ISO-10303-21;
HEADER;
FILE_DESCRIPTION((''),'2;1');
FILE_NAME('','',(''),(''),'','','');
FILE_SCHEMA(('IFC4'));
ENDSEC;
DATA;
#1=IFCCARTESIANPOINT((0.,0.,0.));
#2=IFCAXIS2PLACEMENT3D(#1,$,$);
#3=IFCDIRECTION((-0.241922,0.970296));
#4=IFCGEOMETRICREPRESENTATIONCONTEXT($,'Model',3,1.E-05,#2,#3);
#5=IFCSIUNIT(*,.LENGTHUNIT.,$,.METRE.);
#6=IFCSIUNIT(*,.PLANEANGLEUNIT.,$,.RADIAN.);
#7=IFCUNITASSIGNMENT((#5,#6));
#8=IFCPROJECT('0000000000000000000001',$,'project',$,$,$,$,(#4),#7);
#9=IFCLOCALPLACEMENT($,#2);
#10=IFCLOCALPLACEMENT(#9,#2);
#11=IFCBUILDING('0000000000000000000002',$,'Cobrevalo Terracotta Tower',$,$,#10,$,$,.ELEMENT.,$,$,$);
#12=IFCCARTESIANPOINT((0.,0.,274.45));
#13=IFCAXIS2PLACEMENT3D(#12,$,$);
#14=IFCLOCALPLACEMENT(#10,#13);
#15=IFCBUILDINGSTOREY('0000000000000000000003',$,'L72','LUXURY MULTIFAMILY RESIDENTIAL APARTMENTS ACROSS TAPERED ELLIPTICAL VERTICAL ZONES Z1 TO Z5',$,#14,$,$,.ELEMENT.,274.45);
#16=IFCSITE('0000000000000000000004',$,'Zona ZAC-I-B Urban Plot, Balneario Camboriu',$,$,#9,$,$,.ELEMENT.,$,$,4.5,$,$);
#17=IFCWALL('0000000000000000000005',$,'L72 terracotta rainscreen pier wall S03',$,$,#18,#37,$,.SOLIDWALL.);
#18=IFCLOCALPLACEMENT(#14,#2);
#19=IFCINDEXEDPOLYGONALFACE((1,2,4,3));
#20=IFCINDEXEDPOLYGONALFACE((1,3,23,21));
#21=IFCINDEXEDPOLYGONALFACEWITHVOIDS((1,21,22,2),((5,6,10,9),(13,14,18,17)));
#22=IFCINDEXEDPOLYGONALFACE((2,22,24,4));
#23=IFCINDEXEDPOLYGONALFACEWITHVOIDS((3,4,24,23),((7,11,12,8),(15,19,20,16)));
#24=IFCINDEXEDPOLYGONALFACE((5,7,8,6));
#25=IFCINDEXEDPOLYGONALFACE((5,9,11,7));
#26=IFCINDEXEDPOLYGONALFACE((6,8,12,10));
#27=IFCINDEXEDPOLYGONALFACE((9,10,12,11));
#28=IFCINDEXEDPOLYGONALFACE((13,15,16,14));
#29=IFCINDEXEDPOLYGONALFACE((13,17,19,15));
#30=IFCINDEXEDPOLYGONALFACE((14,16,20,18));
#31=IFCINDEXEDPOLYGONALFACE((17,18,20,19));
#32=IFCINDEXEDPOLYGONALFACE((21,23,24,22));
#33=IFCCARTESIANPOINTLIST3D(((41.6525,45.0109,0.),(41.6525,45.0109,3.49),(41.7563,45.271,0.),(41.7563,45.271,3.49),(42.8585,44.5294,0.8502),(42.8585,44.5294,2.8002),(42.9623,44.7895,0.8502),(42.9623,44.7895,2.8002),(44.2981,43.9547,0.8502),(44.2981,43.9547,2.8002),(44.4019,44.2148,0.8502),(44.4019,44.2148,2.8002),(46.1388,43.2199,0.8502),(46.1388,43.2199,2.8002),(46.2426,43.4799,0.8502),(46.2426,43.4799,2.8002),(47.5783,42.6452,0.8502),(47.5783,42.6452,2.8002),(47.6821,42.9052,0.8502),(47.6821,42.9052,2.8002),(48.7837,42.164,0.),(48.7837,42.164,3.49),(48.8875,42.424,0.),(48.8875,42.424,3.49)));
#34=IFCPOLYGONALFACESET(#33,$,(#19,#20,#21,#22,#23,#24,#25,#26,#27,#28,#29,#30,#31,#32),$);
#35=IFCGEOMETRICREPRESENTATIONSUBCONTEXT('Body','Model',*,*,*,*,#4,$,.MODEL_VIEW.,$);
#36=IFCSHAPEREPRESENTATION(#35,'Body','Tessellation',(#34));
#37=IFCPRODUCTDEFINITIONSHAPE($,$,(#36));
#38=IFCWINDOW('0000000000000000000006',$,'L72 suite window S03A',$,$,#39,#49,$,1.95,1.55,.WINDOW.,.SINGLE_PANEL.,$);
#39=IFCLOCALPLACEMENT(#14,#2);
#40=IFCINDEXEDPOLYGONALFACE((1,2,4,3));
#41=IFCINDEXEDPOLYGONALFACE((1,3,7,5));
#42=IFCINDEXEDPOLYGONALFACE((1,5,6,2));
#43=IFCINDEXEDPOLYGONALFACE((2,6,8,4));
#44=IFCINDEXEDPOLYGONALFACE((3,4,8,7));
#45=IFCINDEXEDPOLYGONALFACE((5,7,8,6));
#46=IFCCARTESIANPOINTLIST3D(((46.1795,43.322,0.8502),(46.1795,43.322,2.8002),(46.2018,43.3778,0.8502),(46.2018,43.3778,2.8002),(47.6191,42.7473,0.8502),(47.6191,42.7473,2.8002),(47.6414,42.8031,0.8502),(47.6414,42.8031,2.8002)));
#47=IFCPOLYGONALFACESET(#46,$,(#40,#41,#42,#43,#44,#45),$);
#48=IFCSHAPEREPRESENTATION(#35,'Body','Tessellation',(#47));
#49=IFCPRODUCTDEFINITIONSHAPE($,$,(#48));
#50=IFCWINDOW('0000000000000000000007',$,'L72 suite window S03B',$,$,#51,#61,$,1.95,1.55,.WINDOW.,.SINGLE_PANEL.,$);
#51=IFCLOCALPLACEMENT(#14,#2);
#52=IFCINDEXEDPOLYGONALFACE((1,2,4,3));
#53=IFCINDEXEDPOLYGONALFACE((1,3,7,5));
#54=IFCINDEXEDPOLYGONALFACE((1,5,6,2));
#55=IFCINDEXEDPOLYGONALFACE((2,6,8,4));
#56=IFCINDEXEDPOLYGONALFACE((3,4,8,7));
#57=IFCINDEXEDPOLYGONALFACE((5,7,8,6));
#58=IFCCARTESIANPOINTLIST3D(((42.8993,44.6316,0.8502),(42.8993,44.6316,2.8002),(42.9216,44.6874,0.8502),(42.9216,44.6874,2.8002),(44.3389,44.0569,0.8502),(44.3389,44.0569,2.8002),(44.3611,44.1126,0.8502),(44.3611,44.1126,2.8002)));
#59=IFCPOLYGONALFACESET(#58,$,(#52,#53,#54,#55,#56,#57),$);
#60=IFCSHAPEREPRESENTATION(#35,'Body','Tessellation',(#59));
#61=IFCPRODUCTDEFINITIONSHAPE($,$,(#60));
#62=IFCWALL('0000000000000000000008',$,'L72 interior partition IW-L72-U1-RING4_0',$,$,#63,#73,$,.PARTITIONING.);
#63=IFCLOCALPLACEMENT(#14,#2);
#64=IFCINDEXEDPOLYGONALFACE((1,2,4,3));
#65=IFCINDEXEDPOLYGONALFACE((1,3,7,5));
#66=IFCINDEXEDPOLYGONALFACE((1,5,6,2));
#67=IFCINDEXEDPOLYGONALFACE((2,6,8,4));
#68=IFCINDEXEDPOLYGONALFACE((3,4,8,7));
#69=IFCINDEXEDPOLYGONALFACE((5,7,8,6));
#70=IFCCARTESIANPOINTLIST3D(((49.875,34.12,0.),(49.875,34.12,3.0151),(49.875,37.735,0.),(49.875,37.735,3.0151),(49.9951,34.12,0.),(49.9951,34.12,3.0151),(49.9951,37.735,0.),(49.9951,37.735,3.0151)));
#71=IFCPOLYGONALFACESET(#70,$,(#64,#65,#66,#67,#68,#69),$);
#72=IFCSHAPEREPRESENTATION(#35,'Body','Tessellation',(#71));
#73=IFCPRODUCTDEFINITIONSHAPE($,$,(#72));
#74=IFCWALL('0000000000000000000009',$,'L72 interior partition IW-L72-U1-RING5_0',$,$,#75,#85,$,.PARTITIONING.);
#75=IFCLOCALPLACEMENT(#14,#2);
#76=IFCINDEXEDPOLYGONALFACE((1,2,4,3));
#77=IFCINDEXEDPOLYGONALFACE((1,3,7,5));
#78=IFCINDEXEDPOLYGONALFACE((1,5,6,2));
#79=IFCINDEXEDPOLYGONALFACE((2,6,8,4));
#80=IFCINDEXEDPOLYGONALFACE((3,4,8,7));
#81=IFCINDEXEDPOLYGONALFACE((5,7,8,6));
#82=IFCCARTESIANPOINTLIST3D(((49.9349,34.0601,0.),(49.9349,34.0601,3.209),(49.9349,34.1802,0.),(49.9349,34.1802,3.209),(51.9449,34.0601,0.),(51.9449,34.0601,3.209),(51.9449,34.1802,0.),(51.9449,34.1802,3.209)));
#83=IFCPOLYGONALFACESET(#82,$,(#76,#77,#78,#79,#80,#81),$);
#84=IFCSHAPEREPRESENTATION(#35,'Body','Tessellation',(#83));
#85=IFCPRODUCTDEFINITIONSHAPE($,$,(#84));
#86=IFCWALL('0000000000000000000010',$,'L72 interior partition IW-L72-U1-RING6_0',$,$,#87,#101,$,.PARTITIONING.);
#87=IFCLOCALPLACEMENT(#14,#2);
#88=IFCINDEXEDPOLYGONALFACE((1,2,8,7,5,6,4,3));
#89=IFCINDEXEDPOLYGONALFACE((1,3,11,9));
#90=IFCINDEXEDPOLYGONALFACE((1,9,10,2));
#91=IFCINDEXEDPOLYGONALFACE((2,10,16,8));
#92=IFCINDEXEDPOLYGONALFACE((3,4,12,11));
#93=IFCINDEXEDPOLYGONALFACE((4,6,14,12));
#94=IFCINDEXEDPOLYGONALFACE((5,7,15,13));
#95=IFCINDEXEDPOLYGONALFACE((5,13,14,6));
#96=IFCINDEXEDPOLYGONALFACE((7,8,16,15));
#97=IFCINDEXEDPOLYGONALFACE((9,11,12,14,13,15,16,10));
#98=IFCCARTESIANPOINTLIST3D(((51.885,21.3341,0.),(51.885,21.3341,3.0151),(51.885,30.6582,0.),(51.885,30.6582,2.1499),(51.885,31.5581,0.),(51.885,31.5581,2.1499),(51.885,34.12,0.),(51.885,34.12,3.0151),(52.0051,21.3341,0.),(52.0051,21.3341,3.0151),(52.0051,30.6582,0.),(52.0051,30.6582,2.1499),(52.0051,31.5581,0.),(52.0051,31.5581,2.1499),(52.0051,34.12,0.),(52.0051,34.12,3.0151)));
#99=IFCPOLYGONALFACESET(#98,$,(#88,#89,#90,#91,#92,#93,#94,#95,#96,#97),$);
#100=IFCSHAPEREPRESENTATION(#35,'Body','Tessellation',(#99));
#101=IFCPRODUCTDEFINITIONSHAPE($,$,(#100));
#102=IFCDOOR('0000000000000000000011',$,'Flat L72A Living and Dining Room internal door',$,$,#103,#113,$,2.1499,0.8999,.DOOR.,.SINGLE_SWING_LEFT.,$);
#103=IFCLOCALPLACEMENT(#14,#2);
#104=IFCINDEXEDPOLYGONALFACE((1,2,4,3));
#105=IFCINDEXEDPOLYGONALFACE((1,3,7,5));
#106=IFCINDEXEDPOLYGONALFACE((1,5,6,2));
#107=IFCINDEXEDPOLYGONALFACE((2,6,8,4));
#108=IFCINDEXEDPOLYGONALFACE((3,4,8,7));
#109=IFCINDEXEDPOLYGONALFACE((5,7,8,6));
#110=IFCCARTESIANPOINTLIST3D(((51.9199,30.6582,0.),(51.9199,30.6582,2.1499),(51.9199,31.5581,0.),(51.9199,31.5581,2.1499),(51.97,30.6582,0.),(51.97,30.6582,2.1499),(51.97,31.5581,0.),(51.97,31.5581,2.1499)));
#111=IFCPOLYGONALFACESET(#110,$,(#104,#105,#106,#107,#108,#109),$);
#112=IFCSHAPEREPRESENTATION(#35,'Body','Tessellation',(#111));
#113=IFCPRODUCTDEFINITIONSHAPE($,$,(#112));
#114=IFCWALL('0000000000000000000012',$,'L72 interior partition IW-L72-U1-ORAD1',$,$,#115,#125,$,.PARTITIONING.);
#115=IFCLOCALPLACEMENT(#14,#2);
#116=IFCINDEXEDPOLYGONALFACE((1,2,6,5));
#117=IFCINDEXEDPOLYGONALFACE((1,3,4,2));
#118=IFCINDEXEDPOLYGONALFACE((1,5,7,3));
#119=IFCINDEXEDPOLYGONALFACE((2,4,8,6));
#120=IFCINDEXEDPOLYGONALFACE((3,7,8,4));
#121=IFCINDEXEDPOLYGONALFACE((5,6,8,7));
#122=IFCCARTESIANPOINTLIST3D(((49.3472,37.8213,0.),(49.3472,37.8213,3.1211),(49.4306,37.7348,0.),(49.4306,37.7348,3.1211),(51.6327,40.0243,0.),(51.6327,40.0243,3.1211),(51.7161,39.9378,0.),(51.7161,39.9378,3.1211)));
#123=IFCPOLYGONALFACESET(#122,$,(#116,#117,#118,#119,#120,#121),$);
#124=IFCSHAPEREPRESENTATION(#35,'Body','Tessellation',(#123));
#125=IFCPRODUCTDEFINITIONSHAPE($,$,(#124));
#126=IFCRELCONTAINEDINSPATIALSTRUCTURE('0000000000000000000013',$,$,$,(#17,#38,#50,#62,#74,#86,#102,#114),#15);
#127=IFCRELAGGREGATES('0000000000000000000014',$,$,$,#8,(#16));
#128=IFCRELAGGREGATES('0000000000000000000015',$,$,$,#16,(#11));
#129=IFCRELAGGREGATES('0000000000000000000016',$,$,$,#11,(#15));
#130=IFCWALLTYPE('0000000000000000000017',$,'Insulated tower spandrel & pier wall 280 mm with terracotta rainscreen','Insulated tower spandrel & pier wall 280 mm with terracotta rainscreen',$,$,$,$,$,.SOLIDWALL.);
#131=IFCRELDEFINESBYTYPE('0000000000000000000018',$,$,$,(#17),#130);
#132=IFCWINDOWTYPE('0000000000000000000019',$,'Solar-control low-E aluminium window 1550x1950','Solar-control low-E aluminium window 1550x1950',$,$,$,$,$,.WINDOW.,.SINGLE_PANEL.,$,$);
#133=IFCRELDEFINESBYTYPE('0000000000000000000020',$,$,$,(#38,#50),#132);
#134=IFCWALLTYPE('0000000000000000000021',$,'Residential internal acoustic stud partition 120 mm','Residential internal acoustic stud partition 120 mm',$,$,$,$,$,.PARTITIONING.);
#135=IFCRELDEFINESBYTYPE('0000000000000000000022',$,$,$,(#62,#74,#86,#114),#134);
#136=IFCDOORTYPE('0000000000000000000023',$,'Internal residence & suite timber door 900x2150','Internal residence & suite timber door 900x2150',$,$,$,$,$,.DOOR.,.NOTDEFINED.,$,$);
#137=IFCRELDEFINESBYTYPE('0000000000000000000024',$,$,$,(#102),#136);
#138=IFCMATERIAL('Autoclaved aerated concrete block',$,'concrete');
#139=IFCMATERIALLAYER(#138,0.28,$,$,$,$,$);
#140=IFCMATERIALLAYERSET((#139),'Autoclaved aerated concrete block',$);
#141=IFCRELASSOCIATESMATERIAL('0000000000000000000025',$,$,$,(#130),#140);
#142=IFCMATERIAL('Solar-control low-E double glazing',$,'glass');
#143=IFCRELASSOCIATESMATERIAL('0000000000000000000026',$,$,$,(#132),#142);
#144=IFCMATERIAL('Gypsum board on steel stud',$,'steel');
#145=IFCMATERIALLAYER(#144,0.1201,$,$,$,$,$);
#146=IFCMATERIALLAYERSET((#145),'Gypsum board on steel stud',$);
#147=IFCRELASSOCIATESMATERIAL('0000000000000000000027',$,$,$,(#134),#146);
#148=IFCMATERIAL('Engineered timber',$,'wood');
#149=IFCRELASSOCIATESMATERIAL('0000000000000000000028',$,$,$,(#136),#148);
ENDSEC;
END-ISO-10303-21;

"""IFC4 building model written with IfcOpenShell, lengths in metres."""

from ifc_helpers import new_model, si_unit, direction, frame, frame_2d, origin, place, context, subcontext, project, spatial, rectangle, extrude, source, transform, mapped, material, layer, layer_set, type_object, element, fill, save


model = new_model("IFC4")

# Units and contexts
model_context = context("Model", 3, precision=1e-05, world=origin(), true_north=direction((-0.241922, 0.970296)))
body_context = subcontext(model_context, "Body", "Model", "MODEL_VIEW")
ifc_project = project(units=[si_unit("LENGTHUNIT", "METRE"), si_unit("PLANEANGLEUNIT", "RADIAN")], contexts=[model_context])

# Site, building, storey
site_placement = place(None, origin())
site = spatial("IfcSite", under=ifc_project, at=site_placement, Name="Zona ZAC-I-B Urban Plot, Balneario Camboriu", CompositionType="ELEMENT", RefElevation=4.5)
building_placement = place(site_placement, origin())
building = spatial("IfcBuilding", under=site, at=building_placement, Name="Cobrevalo Terracotta Tower", CompositionType="ELEMENT")
storey_placement = place(building_placement, frame((0.0, 0.0, 274.45)))
storey = spatial("IfcBuildingStorey", under=building, at=storey_placement, Name="L72", Description="LUXURY MULTIFAMILY RESIDENTIAL APARTMENTS ACROSS TAPERED ELLIPTICAL VERTICAL ZONES Z1 TO Z5", CompositionType="ELEMENT", Elevation=274.45)

# Shared definitions
ifc_material_1 = material(Name="Solar-control low-E double glazing", Category="glass")

# Wall, openings, windows
ifc_material_2 = material(Name="Autoclaved aerated concrete block", Category="concrete")
ifc_layer_1 = layer(ifc_material_2, 0.28)
ifc_layer_set_1 = layer_set([ifc_layer_1], Name="Autoclaved aerated concrete block")
wall_type_1 = type_object("IfcWallType", Name="Insulated tower spandrel & pier wall 280 mm with terracotta rainscreen", Description="Insulated tower spandrel & pier wall 280 mm with terracotta rainscreen", PredefinedType="SOLIDWALL", material=ifc_layer_set_1)
wall_1_placement = place(storey_placement, frame((48.8357, 42.2939, 0.0), z_axis=(0.0, 0.0, 1.0), x_axis=(-0.928724, 0.370771, 0.0)))
wall_1 = element("IfcWall", 1, at=wall_1_placement, inside=storey, type_object=wall_type_1, Name="L72 terracotta rainscreen pier wall S03", PredefinedType="SOLIDWALL", context=body_context, shape_type="SweptSolid", body=[
    extrude(rectangle(XDim=7.6785, YDim=0.28, at=frame_2d((3.8394, 0.0))), origin(), (0.0, 0.0, 1.0), 3.49),
])
opening_1_placement = place(wall_1_placement, frame((1.2981, 0.0, 0.8501)))
opening_1 = element("IfcOpeningElement", 2, at=opening_1_placement, cuts=wall_1, PredefinedType="OPENING", context=body_context, shape_type="SweptSolid", body=[
    extrude(rectangle(XDim=1.55, YDim=1.95, at=frame_2d((0.7749, 0.9751))), frame((0.0, 0.1499, 0.0), z_axis=(0.0, -1.0, 0.0), x_axis=(1.0, 0.0, 0.0)), (0.0, 0.0, 1.0), 0.3),
])
opening_2_placement = place(wall_1_placement, frame((4.8301, 0.0, 0.8501)))
opening_2 = element("IfcOpeningElement", 3, at=opening_2_placement, cuts=wall_1, PredefinedType="OPENING", context=body_context, shape_type="SweptSolid", body=[
    extrude(rectangle(XDim=1.55, YDim=1.95, at=frame_2d((0.7749, 0.9751))), frame((0.0, 0.1499, 0.0), z_axis=(0.0, -1.0, 0.0), x_axis=(1.0, 0.0, 0.0)), (0.0, 0.0, 1.0), 0.3),
])
window_type = type_object("IfcWindowType", Name="Solar-control low-E aluminium window 1550x1950", Description="Solar-control low-E aluminium window 1550x1950", PartitioningType="SINGLE_PANEL", PredefinedType="WINDOW", material=ifc_material_1)
shared_shape_1 = source(origin(), body_context, "Body", "SweptSolid", [
    extrude(rectangle(XDim=1.55, YDim=1.95, at=frame_2d((0.7749, 0.9751))), frame((0.0, 0.03, 0.0), z_axis=(0.0, -1.0, 0.0), x_axis=(1.0, 0.0, 0.0)), (0.0, 0.0, 1.0), 0.0601),
])
window_1_placement = place(opening_1_placement, origin())
window_1 = element("IfcWindow", 4, at=window_1_placement, inside=storey, type_object=window_type, Name="L72 suite window S03A", OverallHeight=1.95, OverallWidth=1.55, PartitioningType="SINGLE_PANEL", PredefinedType="WINDOW", context=body_context, shape_type="MappedRepresentation", body=[
    mapped(shared_shape_1, transform((0.0, 0.0, 0.0), scale=1.0)),
])
fill(opening_1, window_1)
window_2_placement = place(opening_2_placement, origin())
window_2 = element("IfcWindow", 5, at=window_2_placement, inside=storey, type_object=window_type, Name="L72 suite window S03B", OverallHeight=1.95, OverallWidth=1.55, PartitioningType="SINGLE_PANEL", PredefinedType="WINDOW", context=body_context, shape_type="MappedRepresentation", body=[
    mapped(shared_shape_1, transform((0.0, 0.0, 0.0), scale=1.0)),
])
fill(opening_2, window_2)

# Walls
ifc_material_3 = material(Name="Gypsum board on steel stud", Category="steel")
ifc_layer_2 = layer(ifc_material_3, 0.1201)
ifc_layer_set_2 = layer_set([ifc_layer_2], Name="Gypsum board on steel stud")
wall_type_2 = type_object("IfcWallType", Name="Residential internal acoustic stud partition 120 mm", Description="Residential internal acoustic stud partition 120 mm", PredefinedType="PARTITIONING", material=ifc_layer_set_2)
wall_2_placement = place(storey_placement, frame((49.9351, 37.7351, 0.0), z_axis=(0.0, 0.0, 1.0), x_axis=(0.0, -1.0, 0.0)))
element("IfcWall", 6, at=wall_2_placement, inside=storey, type_object=wall_type_2, Name="L72 interior partition IW-L72-U1-RING4_0", PredefinedType="PARTITIONING", context=body_context, shape_type="SweptSolid", body=[
    extrude(rectangle(XDim=3.615, YDim=0.1201, at=frame_2d((1.8076, 0.0))), origin(), (0.0, 0.0, 1.0), 3.0151),
])
wall_3_placement = place(storey_placement, frame((49.9351, 34.1201, 0.0), z_axis=(0.0, 0.0, 1.0), x_axis=(1.0, 0.0, 0.0)))
element("IfcWall", 7, at=wall_3_placement, inside=storey, type_object=wall_type_2, Name="L72 interior partition IW-L72-U1-RING5_0", PredefinedType="PARTITIONING", context=body_context, shape_type="SweptSolid", body=[
    extrude(rectangle(XDim=2.01, YDim=0.1201, at=frame_2d((1.0049, 0.0))), origin(), (0.0, 0.0, 1.0), 3.209),
])

# Wall, opening, door
wall_4_placement = place(storey_placement, frame((51.9451, 34.1201, 0.0), z_axis=(0.0, 0.0, 1.0), x_axis=(0.0, -1.0, 0.0)))
wall_4 = element("IfcWall", 8, at=wall_4_placement, inside=storey, type_object=wall_type_2, Name="L72 interior partition IW-L72-U1-RING6_0", PredefinedType="PARTITIONING", context=body_context, shape_type="SweptSolid", body=[
    extrude(rectangle(XDim=12.7859, YDim=0.1201, at=frame_2d((6.3931, 0.0))), origin(), (0.0, 0.0, 1.0), 3.0151),
])
opening_3_placement = place(wall_4_placement, frame((2.562, 0.0, 0.0)))
opening_3 = element("IfcOpeningElement", 9, at=opening_3_placement, cuts=wall_4, PredefinedType="OPENING", context=body_context, shape_type="SweptSolid", body=[
    extrude(rectangle(XDim=0.8999, YDim=2.1499, at=frame_2d((0.45, 1.075))), frame((0.0, 0.0701, 0.0), z_axis=(0.0, -1.0, 0.0), x_axis=(1.0, 0.0, 0.0)), (0.0, 0.0, 1.0), 0.1401),
])
ifc_material_4 = material(Name="Engineered timber", Category="wood")
door_type = type_object("IfcDoorType", Name="Internal residence & suite timber door 900x2150", Description="Internal residence & suite timber door 900x2150", OperationType="NOTDEFINED", PredefinedType="DOOR", material=ifc_material_4)
shared_shape_2 = source(origin(), body_context, "Body", "SweptSolid", [
    extrude(rectangle(XDim=0.8999, YDim=2.1499, at=frame_2d((0.45, 1.075))), frame((0.0, 0.0249, 0.0), z_axis=(0.0, -1.0, 0.0), x_axis=(1.0, 0.0, 0.0)), (0.0, 0.0, 1.0), 0.05),
])
door_placement = place(opening_3_placement, origin())
door = element("IfcDoor", 10, at=door_placement, inside=storey, type_object=door_type, Name="Flat L72A Living and Dining Room internal door", OperationType="SINGLE_SWING_LEFT", OverallHeight=2.1499, OverallWidth=0.8999, PredefinedType="DOOR", context=body_context, shape_type="MappedRepresentation", body=[
    mapped(shared_shape_2, transform((0.0, 0.0, 0.0), scale=1.0)),
])
fill(opening_3, door)

# Wall
wall_5_placement = place(storey_placement, frame((49.3889, 37.7781, 0.0), z_axis=(0.0, 0.0, 1.0), x_axis=(0.719986, 0.693989, 0.0)))
element("IfcWall", 11, at=wall_5_placement, inside=storey, type_object=wall_type_2, Name="L72 interior partition IW-L72-U1-ORAD1", PredefinedType="PARTITIONING", context=body_context, shape_type="SweptSolid", body=[
    extrude(rectangle(XDim=3.1743, YDim=0.1201, at=frame_2d((1.5872, 0.0))), origin(), (0.0, 0.0, 1.0), 3.1211),
])

save(model, "model.ifc")
